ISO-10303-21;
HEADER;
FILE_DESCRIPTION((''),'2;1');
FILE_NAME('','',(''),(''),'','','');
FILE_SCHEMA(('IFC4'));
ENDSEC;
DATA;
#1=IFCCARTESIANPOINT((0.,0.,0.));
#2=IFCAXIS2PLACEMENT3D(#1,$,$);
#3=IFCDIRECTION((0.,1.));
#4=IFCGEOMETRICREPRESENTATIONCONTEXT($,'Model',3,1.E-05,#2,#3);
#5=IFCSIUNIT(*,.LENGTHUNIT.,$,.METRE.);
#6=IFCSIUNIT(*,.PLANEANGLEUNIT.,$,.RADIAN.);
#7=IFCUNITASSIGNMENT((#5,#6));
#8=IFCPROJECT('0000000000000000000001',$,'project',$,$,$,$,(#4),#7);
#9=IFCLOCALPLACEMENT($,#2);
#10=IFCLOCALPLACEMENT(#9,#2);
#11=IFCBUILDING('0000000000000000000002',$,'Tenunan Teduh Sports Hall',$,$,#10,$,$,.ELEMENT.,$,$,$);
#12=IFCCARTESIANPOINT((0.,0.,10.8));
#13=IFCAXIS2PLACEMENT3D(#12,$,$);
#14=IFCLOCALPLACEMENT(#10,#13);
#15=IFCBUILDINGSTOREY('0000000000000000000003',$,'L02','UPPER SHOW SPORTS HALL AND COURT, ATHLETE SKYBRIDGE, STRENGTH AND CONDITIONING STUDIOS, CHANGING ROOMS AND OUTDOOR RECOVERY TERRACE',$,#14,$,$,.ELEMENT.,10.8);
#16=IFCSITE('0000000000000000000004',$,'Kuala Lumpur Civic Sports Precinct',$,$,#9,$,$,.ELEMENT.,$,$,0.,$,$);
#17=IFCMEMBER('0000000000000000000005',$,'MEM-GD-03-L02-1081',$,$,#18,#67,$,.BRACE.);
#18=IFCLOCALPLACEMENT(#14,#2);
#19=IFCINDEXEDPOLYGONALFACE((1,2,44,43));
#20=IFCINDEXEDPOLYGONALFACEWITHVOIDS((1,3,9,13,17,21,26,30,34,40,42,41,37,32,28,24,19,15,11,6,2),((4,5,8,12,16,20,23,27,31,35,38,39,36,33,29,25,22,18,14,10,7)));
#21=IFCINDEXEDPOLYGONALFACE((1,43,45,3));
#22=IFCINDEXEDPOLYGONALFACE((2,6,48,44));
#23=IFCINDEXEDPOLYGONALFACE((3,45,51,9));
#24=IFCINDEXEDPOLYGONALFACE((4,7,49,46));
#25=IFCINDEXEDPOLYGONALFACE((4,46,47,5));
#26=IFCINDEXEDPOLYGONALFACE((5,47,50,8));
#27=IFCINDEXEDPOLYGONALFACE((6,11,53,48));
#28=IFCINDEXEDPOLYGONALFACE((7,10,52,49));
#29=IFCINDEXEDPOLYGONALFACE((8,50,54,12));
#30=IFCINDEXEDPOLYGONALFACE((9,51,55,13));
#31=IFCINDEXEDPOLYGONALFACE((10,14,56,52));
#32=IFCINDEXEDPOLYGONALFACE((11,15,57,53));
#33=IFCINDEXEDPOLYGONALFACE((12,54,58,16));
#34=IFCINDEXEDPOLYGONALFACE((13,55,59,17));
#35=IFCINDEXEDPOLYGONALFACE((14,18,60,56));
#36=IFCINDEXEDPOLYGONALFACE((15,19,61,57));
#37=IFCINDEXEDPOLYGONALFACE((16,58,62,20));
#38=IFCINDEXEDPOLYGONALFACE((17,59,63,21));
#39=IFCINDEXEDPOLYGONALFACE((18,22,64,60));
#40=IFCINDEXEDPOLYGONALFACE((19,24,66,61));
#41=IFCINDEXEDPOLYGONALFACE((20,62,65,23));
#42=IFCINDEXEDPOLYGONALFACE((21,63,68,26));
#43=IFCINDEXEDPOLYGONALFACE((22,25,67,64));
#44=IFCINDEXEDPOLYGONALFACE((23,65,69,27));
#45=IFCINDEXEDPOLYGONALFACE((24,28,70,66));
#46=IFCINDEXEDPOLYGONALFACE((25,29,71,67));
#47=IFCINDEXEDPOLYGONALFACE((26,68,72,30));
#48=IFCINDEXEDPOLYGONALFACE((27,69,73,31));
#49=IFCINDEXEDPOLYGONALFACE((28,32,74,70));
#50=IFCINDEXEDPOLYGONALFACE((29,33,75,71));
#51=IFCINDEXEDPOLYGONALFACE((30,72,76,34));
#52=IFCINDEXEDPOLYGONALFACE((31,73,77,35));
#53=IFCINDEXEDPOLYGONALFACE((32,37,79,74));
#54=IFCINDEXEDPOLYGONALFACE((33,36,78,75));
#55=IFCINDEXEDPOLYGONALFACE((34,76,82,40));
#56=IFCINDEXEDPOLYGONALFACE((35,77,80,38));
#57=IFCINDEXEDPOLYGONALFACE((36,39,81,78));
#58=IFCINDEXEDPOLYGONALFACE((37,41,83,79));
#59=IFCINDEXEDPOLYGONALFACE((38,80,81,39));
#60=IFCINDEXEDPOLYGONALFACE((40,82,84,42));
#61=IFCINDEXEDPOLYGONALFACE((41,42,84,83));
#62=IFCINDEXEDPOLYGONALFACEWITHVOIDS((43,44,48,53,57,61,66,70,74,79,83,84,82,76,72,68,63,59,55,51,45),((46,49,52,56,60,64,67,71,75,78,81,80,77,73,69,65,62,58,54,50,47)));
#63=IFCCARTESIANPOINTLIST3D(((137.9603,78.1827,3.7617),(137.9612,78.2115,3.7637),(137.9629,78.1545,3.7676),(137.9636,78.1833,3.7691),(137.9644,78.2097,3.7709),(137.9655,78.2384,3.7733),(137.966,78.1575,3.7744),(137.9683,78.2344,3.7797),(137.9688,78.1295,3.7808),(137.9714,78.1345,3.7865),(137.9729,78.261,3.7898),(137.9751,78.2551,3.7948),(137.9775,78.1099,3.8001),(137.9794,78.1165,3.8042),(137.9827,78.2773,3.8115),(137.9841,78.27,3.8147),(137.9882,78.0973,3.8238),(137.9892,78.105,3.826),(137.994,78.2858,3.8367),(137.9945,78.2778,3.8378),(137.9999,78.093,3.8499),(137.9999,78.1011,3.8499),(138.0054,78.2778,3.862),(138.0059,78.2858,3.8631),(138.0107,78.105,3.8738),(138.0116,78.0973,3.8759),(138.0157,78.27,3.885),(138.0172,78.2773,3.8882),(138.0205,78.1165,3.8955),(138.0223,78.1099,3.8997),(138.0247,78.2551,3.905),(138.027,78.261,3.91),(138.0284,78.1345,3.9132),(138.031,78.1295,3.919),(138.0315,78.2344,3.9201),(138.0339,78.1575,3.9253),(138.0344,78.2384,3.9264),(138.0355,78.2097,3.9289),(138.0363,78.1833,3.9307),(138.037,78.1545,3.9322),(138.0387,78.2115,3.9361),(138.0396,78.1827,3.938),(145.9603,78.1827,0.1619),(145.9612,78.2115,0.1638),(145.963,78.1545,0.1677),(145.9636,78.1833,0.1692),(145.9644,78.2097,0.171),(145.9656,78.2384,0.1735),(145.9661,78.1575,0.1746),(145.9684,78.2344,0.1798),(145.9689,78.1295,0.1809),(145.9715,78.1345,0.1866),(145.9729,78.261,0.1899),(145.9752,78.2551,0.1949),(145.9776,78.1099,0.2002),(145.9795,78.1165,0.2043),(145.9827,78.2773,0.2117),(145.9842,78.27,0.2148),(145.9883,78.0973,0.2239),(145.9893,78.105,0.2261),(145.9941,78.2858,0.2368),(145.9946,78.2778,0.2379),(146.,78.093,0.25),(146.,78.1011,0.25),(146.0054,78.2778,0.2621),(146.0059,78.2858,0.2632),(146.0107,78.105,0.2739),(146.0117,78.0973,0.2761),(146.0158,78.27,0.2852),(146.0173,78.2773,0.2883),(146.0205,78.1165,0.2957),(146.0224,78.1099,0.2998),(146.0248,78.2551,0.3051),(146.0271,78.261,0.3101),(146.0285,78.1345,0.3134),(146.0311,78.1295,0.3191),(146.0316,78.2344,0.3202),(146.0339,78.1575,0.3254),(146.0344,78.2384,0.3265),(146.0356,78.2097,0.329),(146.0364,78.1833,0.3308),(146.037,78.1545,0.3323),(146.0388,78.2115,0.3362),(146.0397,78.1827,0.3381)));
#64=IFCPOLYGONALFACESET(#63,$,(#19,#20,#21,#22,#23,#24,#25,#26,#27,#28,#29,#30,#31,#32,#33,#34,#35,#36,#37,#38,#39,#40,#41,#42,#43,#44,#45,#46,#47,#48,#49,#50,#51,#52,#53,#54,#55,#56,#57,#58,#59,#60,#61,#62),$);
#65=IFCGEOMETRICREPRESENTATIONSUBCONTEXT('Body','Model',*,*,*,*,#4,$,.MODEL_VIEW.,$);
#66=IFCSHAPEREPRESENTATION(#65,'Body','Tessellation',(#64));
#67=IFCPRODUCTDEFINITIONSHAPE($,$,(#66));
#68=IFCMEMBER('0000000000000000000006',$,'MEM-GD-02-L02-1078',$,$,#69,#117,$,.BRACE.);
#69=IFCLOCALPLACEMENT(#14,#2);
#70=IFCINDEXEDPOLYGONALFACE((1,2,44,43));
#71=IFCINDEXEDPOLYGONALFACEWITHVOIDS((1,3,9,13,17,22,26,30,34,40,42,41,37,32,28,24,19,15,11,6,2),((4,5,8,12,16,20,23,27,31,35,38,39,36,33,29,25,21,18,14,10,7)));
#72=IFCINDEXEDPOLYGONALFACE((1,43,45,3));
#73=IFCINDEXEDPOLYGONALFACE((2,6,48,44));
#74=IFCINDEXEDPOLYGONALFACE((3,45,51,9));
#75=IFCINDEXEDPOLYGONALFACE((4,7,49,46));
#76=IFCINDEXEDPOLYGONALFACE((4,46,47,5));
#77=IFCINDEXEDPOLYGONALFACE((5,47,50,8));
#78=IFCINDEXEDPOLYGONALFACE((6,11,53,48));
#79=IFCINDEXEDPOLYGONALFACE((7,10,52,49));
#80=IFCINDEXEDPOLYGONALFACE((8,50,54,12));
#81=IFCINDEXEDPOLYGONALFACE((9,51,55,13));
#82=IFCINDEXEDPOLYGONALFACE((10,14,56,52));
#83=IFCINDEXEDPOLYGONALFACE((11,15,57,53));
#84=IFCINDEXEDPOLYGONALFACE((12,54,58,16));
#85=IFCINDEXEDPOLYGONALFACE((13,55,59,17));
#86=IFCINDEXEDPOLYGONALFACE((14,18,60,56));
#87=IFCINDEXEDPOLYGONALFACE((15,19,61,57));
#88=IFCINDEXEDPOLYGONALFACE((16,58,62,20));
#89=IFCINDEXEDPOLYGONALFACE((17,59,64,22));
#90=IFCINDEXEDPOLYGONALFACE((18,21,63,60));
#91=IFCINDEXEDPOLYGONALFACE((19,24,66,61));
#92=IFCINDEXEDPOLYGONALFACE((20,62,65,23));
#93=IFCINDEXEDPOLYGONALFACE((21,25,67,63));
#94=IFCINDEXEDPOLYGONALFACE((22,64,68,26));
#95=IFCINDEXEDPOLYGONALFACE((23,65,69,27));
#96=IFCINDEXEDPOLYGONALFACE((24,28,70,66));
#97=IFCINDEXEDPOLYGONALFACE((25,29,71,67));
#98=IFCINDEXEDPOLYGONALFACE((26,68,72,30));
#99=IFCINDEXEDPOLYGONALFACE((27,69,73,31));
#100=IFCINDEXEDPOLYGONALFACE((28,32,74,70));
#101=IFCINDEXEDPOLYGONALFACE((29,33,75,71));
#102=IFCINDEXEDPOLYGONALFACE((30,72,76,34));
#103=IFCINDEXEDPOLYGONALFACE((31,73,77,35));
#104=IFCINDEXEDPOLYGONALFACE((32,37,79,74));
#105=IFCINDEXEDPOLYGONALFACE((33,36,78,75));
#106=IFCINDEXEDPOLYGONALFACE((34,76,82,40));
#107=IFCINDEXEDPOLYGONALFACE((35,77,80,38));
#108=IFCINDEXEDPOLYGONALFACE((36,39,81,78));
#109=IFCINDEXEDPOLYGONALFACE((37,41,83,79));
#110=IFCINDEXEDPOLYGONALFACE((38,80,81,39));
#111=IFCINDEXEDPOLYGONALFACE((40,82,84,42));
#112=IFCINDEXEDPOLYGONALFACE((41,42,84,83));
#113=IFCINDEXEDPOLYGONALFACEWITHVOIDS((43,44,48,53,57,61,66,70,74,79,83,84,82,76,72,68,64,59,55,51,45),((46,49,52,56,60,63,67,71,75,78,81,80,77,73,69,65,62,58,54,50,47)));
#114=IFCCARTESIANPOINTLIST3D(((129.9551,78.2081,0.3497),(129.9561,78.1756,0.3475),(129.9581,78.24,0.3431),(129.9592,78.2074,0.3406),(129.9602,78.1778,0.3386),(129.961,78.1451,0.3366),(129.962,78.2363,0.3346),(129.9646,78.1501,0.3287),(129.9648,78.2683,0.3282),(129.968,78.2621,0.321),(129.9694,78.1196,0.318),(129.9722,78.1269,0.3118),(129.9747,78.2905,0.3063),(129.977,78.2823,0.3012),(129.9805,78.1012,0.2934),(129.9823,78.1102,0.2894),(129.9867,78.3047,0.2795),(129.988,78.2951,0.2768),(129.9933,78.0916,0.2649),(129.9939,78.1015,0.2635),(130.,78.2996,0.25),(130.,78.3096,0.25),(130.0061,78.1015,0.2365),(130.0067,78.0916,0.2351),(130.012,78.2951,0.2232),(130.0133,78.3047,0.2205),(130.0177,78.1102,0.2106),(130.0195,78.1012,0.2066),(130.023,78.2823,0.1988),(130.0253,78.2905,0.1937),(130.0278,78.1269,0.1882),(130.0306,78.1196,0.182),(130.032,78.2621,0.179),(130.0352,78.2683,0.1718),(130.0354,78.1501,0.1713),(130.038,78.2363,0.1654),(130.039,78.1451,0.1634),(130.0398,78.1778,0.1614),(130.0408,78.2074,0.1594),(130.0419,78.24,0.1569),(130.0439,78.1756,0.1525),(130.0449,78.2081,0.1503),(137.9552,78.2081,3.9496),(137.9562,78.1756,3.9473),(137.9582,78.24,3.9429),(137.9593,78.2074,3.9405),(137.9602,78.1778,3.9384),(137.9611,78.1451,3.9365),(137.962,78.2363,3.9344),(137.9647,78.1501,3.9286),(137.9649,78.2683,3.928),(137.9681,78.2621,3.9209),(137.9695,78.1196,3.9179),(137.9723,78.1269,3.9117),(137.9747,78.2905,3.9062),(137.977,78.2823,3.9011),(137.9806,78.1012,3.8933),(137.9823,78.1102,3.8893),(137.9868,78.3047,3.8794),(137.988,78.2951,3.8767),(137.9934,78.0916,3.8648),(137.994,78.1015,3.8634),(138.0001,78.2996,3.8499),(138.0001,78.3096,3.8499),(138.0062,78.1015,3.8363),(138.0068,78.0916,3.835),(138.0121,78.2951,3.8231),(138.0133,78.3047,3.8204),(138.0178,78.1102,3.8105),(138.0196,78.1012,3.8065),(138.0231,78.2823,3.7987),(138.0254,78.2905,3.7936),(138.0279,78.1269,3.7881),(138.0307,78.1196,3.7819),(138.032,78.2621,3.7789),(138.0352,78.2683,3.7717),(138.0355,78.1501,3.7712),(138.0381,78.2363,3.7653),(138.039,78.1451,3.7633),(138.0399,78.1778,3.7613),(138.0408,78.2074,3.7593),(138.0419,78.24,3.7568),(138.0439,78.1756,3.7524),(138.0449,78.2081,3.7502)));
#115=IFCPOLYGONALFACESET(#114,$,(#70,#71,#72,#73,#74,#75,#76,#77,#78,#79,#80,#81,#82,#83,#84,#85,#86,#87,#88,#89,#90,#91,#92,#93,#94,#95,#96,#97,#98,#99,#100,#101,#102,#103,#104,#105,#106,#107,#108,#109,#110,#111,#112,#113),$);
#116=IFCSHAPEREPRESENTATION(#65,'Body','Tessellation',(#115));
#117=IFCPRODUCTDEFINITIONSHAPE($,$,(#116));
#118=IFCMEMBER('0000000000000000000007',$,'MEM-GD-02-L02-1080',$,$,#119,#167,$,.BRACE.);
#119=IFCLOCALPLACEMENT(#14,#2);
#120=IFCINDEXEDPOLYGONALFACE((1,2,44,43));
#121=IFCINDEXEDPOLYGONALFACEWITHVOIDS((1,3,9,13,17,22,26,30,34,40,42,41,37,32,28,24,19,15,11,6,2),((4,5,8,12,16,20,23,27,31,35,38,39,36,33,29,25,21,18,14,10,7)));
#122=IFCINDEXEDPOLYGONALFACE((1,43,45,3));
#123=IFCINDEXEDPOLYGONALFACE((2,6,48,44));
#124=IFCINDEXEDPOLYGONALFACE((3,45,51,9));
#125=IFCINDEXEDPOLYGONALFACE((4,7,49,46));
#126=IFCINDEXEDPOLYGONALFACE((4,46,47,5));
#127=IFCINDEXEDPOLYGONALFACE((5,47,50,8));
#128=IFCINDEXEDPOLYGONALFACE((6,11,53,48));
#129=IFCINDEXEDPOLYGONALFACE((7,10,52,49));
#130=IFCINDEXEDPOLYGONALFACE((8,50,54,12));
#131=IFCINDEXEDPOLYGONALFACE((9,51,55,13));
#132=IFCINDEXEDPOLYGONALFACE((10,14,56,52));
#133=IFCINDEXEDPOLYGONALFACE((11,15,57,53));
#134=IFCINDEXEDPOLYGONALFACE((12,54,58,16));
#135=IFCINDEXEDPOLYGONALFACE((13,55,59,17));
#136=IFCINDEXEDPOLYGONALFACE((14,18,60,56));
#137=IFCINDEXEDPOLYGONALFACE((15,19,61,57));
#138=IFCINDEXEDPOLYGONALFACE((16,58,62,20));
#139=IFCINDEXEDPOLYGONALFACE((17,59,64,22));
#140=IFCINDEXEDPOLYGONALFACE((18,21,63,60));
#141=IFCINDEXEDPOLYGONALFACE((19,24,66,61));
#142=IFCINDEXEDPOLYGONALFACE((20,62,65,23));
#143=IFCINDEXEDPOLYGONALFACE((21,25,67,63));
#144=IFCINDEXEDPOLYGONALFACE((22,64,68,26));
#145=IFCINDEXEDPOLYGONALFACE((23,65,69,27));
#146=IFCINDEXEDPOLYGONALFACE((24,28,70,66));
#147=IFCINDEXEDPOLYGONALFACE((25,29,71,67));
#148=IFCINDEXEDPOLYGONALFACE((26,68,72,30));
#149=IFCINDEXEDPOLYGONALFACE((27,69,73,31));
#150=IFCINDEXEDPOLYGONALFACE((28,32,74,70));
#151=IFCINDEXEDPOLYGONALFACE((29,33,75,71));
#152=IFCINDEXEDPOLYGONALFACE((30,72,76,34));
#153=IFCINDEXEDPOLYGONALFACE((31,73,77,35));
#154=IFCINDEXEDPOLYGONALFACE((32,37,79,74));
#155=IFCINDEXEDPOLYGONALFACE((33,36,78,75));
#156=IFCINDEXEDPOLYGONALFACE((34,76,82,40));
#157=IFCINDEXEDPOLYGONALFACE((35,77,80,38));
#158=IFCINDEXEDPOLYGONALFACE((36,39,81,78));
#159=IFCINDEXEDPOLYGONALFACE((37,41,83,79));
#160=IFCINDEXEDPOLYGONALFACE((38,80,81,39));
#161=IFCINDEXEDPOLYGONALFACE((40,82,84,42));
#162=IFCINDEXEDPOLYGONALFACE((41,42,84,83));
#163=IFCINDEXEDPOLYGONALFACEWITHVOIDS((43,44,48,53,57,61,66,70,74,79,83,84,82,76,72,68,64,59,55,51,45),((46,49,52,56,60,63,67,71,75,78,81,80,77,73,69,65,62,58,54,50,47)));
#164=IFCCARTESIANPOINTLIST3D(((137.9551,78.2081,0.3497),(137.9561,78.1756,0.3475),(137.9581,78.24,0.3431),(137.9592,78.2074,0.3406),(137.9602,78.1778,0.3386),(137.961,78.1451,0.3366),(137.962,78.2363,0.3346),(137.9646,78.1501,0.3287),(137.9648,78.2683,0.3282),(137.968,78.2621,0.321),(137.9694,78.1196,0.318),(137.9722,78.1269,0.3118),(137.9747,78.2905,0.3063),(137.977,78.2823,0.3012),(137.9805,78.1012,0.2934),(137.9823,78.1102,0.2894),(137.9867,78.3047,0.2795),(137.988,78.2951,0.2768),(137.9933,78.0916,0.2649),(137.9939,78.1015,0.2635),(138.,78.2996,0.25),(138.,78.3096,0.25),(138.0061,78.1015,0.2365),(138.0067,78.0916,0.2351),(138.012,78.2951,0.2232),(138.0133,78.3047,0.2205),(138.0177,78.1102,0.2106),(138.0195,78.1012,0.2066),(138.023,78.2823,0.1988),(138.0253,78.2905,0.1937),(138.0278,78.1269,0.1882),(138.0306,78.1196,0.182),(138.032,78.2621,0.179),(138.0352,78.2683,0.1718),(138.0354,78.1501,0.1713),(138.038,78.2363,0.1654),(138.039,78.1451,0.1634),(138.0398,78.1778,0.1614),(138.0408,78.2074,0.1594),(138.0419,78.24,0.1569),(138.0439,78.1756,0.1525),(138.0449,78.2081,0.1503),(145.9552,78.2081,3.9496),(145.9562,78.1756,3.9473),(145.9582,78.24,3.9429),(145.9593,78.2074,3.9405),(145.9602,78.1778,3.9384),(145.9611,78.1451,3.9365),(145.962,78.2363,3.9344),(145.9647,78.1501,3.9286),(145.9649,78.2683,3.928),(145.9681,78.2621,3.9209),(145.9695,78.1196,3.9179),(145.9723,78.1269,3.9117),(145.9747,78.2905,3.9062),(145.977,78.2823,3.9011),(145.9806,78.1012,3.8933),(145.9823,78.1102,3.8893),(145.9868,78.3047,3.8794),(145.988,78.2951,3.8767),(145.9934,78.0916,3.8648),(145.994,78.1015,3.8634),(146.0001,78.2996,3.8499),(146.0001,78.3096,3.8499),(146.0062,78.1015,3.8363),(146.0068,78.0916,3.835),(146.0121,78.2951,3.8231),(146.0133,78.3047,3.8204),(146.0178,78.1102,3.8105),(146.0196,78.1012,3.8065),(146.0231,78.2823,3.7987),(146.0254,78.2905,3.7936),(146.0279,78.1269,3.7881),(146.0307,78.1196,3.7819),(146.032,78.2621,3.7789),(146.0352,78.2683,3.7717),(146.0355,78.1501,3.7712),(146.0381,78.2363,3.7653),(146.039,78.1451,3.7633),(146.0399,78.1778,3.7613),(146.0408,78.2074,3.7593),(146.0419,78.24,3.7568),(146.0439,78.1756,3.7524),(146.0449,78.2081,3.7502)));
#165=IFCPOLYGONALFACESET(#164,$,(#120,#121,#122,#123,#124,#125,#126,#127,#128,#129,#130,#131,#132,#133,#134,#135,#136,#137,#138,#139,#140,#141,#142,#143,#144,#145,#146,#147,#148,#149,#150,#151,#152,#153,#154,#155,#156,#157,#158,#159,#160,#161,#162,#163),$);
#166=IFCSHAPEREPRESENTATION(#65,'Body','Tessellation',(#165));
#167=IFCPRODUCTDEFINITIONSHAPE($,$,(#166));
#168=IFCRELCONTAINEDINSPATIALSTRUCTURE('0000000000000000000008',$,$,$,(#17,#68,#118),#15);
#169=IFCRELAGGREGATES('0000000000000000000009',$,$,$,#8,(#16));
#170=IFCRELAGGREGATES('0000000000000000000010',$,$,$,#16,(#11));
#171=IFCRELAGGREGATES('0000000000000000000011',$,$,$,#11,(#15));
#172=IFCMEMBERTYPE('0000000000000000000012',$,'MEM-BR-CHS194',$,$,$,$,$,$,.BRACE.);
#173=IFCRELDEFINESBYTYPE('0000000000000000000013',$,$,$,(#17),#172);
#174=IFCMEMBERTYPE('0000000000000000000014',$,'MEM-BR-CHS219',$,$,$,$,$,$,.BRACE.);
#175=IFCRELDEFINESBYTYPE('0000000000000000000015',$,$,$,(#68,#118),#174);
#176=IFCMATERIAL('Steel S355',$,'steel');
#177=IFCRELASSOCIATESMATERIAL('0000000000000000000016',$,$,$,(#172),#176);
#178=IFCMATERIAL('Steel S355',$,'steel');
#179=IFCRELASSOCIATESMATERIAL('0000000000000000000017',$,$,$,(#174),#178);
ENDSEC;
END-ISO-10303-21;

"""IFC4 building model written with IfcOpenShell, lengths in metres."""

from ifc_helpers import new_model, si_unit, direction, frame, origin, origin_2d, place, context, subcontext, project, spatial, hollow_circle, extrude, material, material_profile, profile_set, type_object, element, save


model = new_model("IFC4")

# Units and contexts
model_context = context("Model", 3, precision=1e-05, world=origin(), true_north=direction((0.0, 1.0)))
body_context = subcontext(model_context, "Body", "Model", "MODEL_VIEW")
ifc_project = project(units=[si_unit("LENGTHUNIT", "METRE"), si_unit("PLANEANGLEUNIT", "RADIAN")], contexts=[model_context])

# Site, building, storey
site_placement = place(None, origin())
site = spatial("IfcSite", under=ifc_project, at=site_placement, Name="Kuala Lumpur Civic Sports Precinct", CompositionType="ELEMENT", RefElevation=0.0)
building_placement = place(site_placement, origin())
building = spatial("IfcBuilding", under=site, at=building_placement, Name="Tenunan Teduh Sports Hall", CompositionType="ELEMENT")
storey_placement = place(building_placement, frame((0.0, 0.0, 10.8)))
storey = spatial("IfcBuildingStorey", under=building, at=storey_placement, Name="L02", Description="UPPER SHOW SPORTS HALL AND COURT, ATHLETE SKYBRIDGE, STRENGTH AND CONDITIONING STUDIOS, CHANGING ROOMS AND OUTDOOR RECOVERY TERRACE", CompositionType="ELEMENT", Elevation=10.8)

# Members
ifc_material_1 = material(Name="Steel S355", Category="steel")
ifc_material_profile_1 = material_profile(ifc_material_1, hollow_circle(Radius=0.0969, WallThickness=0.0081, at=origin_2d()), Name="CHS 193.7x8.0")
ifc_profile_set_1 = profile_set([ifc_material_profile_1], Name="Steel S355")
member_type_1 = type_object("IfcMemberType", Name="MEM-BR-CHS194", PredefinedType="BRACE", material=ifc_profile_set_1)
for number, where, z_axis, x_axis, name in (
    (1, (146.0, 78.1899, 0.25), (-0.911928, 0.0, 0.410351), (0.0, -1.0, 0.0), "MEM-GD-03-L02-1081"),
):
    element("IfcMember", number, at=place(storey_placement, frame(where, z_axis=z_axis, x_axis=x_axis)), inside=storey, type_object=member_type_1, Name=name, PredefinedType="BRACE", context=body_context, shape_type="SweptSolid", body=[
        extrude(hollow_circle(Radius=0.0969, WallThickness=0.0081, at=origin_2d()), origin(), (0.0, 0.0, 1.0), 8.7727),
    ])
ifc_material_2 = material(Name="Steel S355", Category="steel")
ifc_material_profile_2 = material_profile(ifc_material_2, hollow_circle(Radius=0.1096, WallThickness=0.01, at=origin_2d()), Name="CHS 219.1x10.0")
ifc_profile_set_2 = profile_set([ifc_material_profile_2], Name="Steel S355")
member_type_2 = type_object("IfcMemberType", Name="MEM-BR-CHS219", PredefinedType="BRACE", material=ifc_profile_set_2)
for number, where, z_axis, x_axis, name in (
    (2, (130.0, 78.2, 0.25), (0.911928, 0.0, 0.410351), (0.0, 1.0, 0.0), "MEM-GD-02-L02-1078"),
    (3, (138.0, 78.2, 0.25), (0.911928, 0.0, 0.410351), (0.0, 1.0, 0.0), "MEM-GD-02-L02-1080"),
):
    element("IfcMember", number, at=place(storey_placement, frame(where, z_axis=z_axis, x_axis=x_axis)), inside=storey, type_object=member_type_2, Name=name, PredefinedType="BRACE", context=body_context, shape_type="SweptSolid", body=[
        extrude(hollow_circle(Radius=0.1096, WallThickness=0.01, at=origin_2d()), origin(), (0.0, 0.0, 1.0), 8.7727),
    ])

save(model, "model.ifc")
